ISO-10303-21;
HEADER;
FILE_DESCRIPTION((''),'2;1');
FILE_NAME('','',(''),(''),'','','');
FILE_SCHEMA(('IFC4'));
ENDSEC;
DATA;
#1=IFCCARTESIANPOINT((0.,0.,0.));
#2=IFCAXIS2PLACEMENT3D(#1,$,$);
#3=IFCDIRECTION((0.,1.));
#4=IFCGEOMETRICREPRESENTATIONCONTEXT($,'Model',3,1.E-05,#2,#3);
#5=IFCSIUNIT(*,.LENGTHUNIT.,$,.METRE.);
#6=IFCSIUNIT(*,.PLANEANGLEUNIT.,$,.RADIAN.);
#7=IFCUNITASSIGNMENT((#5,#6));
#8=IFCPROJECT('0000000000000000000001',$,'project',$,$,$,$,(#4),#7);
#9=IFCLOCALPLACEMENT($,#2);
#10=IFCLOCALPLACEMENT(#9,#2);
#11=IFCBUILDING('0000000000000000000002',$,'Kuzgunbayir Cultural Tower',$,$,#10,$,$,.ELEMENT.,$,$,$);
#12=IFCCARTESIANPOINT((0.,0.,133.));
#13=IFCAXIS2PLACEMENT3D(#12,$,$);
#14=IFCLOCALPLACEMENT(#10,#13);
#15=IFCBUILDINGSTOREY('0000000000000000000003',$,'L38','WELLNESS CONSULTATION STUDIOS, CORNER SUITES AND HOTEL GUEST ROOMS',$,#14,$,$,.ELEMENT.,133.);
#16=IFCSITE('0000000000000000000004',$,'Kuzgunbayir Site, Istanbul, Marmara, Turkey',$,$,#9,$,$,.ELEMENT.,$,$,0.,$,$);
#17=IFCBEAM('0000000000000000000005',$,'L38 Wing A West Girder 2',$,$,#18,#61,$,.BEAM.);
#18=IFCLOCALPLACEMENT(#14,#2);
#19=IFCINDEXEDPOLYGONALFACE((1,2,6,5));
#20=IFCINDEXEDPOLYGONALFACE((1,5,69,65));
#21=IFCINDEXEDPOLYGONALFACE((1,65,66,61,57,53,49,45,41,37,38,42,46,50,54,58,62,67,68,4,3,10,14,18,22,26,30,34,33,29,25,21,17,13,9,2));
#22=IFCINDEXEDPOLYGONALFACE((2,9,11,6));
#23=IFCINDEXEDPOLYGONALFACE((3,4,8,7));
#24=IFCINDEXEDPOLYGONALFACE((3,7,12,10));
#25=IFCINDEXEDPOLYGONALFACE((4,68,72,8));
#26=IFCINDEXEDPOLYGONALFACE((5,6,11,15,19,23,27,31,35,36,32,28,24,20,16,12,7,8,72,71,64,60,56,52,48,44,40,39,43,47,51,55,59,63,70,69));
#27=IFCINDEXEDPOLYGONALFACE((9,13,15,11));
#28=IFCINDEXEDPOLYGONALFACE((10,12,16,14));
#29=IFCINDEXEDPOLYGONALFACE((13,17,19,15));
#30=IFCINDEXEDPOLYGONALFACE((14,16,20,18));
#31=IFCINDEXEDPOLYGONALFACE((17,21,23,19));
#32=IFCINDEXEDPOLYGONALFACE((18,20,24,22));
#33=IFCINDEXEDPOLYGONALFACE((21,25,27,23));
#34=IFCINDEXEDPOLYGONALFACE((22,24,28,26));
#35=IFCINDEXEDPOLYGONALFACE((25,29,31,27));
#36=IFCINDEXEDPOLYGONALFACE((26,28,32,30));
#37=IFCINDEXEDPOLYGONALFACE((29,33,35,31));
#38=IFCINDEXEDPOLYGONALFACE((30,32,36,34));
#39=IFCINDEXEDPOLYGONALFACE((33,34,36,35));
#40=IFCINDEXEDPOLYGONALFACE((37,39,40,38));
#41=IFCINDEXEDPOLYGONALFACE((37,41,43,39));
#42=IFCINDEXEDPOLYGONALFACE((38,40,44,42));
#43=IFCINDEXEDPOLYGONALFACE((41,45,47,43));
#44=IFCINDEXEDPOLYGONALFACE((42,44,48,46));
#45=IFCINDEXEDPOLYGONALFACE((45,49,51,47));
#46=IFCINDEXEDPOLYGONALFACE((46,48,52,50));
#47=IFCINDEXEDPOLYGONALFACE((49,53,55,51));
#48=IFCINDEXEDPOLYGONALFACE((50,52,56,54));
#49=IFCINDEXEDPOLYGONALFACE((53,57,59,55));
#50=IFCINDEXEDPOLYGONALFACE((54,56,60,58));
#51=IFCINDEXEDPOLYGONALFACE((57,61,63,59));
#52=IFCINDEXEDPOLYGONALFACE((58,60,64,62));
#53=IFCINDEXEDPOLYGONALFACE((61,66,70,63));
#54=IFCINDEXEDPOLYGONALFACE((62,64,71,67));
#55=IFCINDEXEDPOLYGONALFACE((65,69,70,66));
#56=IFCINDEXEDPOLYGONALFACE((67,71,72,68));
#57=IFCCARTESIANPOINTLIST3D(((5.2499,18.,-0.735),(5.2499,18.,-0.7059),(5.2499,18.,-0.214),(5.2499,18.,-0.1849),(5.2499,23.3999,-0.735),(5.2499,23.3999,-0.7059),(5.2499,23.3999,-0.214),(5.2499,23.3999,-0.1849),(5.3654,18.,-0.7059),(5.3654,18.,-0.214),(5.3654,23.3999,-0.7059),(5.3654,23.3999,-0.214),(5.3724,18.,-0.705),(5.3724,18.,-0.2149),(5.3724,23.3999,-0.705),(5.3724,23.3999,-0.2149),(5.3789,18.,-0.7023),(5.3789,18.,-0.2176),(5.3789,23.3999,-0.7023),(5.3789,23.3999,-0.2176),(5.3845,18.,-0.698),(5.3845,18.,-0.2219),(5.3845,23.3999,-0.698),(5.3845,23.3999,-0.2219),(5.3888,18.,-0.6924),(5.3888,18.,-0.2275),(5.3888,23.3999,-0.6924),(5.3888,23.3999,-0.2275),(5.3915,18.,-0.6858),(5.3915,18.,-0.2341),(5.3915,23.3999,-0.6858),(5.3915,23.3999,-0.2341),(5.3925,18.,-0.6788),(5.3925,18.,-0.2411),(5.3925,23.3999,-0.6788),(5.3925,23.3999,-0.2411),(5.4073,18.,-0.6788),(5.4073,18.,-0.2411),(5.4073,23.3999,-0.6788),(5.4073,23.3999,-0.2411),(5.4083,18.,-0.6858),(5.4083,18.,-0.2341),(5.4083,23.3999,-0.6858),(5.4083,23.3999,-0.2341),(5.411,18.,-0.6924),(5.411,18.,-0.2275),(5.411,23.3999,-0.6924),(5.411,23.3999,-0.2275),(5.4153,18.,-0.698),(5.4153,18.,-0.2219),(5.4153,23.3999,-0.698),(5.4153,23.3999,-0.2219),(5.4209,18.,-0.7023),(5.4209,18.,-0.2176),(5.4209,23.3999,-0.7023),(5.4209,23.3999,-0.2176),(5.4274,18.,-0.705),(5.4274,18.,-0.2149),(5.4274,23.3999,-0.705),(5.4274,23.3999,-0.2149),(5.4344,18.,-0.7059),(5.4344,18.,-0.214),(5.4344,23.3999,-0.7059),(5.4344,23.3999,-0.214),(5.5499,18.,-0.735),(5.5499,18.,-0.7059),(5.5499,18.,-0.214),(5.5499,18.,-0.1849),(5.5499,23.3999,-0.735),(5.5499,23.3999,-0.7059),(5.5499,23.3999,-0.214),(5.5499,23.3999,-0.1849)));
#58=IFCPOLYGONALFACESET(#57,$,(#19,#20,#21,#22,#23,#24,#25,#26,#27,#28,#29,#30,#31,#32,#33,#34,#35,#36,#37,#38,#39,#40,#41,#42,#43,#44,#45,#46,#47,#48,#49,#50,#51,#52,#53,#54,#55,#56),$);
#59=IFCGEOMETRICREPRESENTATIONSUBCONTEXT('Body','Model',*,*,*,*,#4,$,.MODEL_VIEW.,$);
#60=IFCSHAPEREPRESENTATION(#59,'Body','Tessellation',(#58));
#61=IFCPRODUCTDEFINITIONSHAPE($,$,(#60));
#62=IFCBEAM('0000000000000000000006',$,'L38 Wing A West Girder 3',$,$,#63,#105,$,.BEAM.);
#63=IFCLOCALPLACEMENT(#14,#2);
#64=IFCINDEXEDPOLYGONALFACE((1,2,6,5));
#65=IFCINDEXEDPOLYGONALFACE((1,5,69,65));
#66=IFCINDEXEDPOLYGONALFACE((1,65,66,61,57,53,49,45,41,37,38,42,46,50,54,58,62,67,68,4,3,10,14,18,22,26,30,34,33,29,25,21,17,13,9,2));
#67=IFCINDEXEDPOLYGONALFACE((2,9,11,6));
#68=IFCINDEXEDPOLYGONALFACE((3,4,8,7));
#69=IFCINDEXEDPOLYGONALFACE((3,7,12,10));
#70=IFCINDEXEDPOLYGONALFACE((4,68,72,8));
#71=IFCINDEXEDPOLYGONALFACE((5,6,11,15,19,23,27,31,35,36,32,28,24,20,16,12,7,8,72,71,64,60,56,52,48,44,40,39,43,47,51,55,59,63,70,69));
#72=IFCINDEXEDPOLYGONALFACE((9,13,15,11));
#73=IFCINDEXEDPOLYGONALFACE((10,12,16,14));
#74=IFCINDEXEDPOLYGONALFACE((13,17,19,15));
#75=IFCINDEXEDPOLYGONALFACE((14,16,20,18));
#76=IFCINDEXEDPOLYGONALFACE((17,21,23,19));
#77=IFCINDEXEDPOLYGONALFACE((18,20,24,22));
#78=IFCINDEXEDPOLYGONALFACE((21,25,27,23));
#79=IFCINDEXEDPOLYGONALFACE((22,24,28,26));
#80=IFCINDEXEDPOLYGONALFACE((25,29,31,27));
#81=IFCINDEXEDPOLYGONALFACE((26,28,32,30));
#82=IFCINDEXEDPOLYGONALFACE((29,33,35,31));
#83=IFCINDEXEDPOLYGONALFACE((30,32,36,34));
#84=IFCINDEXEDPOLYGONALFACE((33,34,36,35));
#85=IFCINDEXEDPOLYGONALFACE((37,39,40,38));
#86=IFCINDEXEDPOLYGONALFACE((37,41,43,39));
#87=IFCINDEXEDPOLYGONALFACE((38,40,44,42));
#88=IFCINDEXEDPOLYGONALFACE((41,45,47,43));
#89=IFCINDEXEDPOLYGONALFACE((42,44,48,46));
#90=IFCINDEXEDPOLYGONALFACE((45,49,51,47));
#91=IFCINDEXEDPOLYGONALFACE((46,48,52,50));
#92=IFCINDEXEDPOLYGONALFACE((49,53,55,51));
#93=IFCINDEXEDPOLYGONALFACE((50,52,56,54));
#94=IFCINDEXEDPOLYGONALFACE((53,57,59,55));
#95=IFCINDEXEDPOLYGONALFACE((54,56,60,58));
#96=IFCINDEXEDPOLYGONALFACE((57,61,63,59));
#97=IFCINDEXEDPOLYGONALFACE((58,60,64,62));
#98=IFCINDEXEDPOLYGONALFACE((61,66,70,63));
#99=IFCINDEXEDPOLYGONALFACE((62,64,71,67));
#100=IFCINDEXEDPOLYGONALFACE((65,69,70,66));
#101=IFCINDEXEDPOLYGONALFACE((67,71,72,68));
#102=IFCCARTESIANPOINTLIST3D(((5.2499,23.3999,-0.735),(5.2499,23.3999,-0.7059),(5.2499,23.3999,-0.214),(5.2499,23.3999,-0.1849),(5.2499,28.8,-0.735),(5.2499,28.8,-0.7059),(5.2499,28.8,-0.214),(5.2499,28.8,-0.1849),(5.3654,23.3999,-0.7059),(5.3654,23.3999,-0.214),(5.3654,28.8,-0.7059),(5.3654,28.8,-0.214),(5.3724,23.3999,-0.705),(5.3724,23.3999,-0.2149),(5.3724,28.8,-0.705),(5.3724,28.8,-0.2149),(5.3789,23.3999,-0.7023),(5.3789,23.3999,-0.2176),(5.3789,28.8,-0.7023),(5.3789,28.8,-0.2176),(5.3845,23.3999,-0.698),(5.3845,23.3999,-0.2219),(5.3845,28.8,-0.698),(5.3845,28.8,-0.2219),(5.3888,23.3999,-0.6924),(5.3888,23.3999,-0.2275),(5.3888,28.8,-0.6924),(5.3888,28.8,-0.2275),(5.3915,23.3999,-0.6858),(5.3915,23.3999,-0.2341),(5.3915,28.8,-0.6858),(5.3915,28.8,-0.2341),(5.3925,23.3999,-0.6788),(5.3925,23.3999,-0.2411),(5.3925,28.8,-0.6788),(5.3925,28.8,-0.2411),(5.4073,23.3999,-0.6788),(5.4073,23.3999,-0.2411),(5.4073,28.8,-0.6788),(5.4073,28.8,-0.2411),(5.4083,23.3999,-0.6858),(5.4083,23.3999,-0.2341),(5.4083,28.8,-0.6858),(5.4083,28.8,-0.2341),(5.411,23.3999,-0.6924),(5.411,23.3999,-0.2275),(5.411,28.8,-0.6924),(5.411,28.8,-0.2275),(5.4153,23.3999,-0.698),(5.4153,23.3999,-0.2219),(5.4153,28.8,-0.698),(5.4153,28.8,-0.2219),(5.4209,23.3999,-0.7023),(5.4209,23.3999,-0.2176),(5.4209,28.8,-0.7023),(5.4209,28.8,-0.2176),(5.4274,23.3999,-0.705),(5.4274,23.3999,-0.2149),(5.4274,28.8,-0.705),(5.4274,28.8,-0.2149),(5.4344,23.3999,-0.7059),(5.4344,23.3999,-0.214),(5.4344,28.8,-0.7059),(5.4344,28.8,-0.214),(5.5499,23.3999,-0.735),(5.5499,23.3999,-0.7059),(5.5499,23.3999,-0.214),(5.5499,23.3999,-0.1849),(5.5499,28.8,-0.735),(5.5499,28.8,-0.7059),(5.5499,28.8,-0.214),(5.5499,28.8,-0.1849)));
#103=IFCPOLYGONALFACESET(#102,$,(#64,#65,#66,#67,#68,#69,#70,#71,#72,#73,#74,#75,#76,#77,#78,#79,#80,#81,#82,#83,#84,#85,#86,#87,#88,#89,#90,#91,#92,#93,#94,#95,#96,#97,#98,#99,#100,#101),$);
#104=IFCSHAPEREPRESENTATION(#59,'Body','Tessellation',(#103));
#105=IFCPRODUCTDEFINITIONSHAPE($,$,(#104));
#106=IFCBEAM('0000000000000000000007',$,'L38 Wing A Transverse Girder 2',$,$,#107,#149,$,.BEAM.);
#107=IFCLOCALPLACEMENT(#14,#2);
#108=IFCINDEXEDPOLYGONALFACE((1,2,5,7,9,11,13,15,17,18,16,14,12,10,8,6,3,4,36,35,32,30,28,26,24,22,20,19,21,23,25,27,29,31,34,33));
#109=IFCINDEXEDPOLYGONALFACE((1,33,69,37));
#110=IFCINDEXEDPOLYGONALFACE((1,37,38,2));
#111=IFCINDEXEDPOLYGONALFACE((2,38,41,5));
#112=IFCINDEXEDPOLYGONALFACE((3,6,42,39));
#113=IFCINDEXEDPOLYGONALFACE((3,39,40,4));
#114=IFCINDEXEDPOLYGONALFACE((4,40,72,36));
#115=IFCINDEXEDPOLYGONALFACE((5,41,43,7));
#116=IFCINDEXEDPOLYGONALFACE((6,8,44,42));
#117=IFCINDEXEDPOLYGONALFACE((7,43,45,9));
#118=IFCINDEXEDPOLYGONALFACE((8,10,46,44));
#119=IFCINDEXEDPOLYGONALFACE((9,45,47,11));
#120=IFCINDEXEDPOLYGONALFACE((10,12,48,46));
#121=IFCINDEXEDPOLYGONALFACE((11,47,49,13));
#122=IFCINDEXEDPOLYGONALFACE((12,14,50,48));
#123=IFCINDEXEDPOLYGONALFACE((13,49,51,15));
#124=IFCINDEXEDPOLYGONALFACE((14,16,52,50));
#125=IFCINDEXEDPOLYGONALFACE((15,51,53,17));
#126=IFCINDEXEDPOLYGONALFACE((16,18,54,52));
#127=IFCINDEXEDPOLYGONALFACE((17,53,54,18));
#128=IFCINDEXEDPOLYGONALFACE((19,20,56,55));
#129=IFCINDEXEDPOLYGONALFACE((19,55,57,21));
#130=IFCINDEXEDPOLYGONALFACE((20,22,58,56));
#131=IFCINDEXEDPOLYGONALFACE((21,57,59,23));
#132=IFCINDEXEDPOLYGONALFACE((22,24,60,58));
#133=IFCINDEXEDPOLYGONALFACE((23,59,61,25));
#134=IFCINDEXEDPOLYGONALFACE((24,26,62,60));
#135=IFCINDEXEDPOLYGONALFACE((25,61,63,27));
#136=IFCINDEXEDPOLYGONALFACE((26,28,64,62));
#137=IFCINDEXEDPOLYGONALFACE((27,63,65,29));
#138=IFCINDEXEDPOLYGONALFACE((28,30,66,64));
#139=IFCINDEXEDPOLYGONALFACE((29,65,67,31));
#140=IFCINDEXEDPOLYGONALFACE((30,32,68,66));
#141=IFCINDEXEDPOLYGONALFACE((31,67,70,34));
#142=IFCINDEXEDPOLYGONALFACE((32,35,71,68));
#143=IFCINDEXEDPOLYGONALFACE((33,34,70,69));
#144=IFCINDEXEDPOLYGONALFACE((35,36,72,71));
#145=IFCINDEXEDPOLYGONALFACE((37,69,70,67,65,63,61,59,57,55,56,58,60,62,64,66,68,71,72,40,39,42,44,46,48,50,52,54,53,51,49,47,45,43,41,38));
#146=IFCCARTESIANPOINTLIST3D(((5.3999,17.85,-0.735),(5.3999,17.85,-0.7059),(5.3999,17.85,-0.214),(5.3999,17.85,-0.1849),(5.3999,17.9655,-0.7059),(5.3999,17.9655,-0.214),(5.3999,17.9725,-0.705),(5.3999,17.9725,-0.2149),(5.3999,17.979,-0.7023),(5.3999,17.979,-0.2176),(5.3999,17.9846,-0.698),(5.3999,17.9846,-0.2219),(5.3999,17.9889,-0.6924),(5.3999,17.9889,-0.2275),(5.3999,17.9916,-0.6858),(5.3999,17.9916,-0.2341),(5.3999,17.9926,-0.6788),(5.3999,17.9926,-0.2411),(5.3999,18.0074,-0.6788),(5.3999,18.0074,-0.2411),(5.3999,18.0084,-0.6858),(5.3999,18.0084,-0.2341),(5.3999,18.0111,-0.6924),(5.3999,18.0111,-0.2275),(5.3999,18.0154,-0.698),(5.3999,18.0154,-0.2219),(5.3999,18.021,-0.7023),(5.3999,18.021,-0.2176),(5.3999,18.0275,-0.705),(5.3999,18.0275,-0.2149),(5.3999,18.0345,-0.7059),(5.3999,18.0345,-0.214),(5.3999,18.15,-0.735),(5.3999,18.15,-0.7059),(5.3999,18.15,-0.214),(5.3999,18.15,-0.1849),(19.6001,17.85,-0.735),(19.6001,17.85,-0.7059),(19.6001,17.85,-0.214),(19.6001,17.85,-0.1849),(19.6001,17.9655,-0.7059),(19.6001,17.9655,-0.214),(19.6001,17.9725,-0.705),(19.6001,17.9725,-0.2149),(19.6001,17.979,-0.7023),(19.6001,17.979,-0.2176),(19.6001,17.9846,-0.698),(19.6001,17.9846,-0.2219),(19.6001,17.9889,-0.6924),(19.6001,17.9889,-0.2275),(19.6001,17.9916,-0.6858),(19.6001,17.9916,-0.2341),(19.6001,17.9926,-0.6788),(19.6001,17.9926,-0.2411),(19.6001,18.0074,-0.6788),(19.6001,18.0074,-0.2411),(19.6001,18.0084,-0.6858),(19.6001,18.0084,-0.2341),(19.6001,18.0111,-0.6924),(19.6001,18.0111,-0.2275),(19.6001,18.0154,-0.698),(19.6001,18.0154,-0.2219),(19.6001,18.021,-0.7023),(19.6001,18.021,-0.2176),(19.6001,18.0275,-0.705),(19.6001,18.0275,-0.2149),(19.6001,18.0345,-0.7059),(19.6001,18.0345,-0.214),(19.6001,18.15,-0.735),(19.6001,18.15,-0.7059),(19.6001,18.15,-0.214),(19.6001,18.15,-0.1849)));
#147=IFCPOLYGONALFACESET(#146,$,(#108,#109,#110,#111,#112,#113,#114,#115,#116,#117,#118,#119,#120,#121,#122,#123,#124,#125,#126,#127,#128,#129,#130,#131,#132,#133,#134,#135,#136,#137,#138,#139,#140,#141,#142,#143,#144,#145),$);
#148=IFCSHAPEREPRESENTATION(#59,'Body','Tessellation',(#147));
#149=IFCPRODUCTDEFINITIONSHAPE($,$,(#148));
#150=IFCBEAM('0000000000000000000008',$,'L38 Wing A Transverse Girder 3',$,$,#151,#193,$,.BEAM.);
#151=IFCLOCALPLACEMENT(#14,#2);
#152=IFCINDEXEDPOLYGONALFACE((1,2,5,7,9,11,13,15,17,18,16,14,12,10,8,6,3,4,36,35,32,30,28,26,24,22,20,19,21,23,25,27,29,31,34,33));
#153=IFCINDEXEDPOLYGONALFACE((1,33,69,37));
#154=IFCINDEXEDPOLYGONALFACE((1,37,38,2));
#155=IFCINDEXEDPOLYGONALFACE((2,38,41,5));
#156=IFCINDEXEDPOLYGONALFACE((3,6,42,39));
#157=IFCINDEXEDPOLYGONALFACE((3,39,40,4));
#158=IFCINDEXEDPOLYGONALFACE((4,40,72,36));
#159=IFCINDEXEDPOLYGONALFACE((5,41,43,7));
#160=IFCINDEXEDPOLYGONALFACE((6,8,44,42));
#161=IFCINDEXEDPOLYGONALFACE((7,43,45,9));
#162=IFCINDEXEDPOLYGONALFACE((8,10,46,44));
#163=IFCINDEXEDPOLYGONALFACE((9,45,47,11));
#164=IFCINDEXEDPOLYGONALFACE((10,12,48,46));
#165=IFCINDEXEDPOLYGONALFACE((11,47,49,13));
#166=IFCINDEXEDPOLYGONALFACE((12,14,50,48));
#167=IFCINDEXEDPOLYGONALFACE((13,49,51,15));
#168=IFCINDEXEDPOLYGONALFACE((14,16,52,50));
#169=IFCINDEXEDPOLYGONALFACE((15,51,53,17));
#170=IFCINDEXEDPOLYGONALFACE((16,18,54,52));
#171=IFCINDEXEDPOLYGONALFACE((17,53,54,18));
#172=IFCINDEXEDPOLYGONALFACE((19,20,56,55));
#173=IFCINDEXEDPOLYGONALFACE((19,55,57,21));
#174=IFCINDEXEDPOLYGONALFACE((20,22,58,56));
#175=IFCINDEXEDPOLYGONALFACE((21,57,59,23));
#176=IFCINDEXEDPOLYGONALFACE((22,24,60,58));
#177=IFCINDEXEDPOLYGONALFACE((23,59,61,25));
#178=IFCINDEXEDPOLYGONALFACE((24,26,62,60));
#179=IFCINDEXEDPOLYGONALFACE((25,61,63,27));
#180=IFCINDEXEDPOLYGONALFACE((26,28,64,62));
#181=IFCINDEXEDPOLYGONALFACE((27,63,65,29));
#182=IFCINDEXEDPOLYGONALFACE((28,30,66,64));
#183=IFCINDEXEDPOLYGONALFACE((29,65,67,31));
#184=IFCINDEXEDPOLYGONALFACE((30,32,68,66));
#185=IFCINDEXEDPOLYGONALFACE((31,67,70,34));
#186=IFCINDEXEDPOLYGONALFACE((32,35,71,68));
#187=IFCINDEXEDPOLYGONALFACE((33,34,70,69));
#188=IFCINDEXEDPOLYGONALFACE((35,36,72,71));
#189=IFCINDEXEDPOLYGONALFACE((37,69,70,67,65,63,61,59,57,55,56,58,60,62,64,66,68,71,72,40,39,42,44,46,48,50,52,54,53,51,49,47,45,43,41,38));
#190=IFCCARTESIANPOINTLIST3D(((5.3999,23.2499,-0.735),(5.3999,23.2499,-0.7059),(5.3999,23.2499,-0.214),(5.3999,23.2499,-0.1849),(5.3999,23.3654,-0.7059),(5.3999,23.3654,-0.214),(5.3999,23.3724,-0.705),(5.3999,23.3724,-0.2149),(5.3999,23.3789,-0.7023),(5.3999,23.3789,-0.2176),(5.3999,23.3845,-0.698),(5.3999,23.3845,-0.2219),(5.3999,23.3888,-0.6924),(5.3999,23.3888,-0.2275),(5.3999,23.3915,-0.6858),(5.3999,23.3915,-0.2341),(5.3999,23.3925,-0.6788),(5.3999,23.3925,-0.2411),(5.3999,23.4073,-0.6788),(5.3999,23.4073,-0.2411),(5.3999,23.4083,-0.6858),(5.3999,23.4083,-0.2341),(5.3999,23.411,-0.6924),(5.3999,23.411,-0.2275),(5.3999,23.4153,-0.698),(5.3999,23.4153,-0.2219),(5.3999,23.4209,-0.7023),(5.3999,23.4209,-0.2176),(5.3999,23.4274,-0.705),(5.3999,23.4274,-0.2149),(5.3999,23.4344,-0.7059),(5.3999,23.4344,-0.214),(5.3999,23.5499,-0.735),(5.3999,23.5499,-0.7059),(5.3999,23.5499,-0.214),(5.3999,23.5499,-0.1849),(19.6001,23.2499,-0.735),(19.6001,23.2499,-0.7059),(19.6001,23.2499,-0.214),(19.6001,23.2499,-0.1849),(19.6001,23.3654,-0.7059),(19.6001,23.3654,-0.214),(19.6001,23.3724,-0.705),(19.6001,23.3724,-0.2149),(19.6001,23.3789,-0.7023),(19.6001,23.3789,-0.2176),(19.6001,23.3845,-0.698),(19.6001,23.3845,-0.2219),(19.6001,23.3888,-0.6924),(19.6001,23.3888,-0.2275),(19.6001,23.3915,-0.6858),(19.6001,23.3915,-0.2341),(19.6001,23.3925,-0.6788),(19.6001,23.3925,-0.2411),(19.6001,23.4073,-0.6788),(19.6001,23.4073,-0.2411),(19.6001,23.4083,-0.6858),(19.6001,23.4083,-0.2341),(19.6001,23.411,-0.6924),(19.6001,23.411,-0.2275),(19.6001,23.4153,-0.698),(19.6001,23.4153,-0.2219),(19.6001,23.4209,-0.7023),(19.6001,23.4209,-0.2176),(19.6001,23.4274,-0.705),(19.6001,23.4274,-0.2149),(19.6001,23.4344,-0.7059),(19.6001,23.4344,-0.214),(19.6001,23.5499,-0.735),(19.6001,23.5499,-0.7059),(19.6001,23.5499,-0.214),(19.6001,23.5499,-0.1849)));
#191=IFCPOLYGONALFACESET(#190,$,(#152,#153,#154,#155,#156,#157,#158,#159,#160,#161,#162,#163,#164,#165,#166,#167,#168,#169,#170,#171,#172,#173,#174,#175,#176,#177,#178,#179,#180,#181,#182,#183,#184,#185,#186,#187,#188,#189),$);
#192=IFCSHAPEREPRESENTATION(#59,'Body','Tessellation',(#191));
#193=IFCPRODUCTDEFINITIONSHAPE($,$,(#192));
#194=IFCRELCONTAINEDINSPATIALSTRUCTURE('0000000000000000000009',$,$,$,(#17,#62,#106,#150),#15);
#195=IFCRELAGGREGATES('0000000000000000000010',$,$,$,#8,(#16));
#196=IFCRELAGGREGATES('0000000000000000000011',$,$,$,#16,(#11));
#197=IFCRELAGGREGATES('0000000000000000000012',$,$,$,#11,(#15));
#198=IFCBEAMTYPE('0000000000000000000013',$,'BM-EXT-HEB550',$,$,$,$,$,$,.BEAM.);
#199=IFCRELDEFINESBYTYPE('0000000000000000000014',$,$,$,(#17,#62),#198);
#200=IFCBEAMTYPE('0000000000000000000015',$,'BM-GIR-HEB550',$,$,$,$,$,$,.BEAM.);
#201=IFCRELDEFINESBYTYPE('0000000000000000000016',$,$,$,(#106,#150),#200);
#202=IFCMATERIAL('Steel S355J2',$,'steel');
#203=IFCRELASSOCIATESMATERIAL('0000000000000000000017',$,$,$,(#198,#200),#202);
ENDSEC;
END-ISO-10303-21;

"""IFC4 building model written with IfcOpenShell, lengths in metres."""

from ifc_helpers import new_model, si_unit, direction, frame, origin, origin_2d, place, context, subcontext, project, spatial, i_section, extrude, material, material_profile, profile_set, type_object, element, save


model = new_model("IFC4")

# Units and contexts
model_context = context("Model", 3, precision=1e-05, world=origin(), true_north=direction((0.0, 1.0)))
body_context = subcontext(model_context, "Body", "Model", "MODEL_VIEW")
ifc_project = project(units=[si_unit("LENGTHUNIT", "METRE"), si_unit("PLANEANGLEUNIT", "RADIAN")], contexts=[model_context])

# Site, building, storey
site_placement = place(None, origin())
site = spatial("IfcSite", under=ifc_project, at=site_placement, Name="Kuzgunbayir Site, Istanbul, Marmara, Turkey", CompositionType="ELEMENT", RefElevation=0.0)
building_placement = place(site_placement, origin())
building = spatial("IfcBuilding", under=site, at=building_placement, Name="Kuzgunbayir Cultural Tower", CompositionType="ELEMENT")
storey_placement = place(building_placement, frame((0.0, 0.0, 133.0)))
storey = spatial("IfcBuildingStorey", under=building, at=storey_placement, Name="L38", Description="WELLNESS CONSULTATION STUDIOS, CORNER SUITES AND HOTEL GUEST ROOMS", CompositionType="ELEMENT", Elevation=133.0)

# Beams
ifc_material_1 = material(Name="Steel S355J2", Category="steel")
ifc_material_profile_1 = material_profile(ifc_material_1, i_section(OverallWidth=0.3, OverallDepth=0.55, WebThickness=0.0149, FlangeThickness=0.0291, FilletRadius=0.0271, at=origin_2d()), Name="HEB 550")
ifc_profile_set_1 = profile_set([ifc_material_profile_1], Name="Steel S355J2")
beam_type_1 = type_object("IfcBeamType", Name="BM-EXT-HEB550", PredefinedType="BEAM", material=ifc_profile_set_1)
beam_1_placement = place(storey_placement, frame((5.3999, 18.0, -0.46), z_axis=(0.0, 1.0, 0.0), x_axis=(-1.0, 0.0, 0.0)))
element("IfcBeam", 1, at=beam_1_placement, inside=storey, type_object=beam_type_1, Name="L38 Wing A West Girder 2", PredefinedType="BEAM", context=body_context, shape_type="SweptSolid", body=[
    extrude(i_section(OverallWidth=0.3, OverallDepth=0.55, WebThickness=0.0149, FlangeThickness=0.0291, FilletRadius=0.0271, at=origin_2d()), origin(), (0.0, 0.0, 1.0), 5.3999),
])
beam_2_placement = place(storey_placement, frame((5.3999, 23.3999, -0.46), z_axis=(0.0, 1.0, 0.0), x_axis=(-1.0, 0.0, 0.0)))
element("IfcBeam", 2, at=beam_2_placement, inside=storey, type_object=beam_type_1, Name="L38 Wing A West Girder 3", PredefinedType="BEAM", context=body_context, shape_type="SweptSolid", body=[
    extrude(i_section(OverallWidth=0.3, OverallDepth=0.55, WebThickness=0.0149, FlangeThickness=0.0291, FilletRadius=0.0271, at=origin_2d()), origin(), (0.0, 0.0, 1.0), 5.4001),
])
ifc_material_profile_2 = material_profile(ifc_material_1, i_section(OverallWidth=0.3, OverallDepth=0.55, WebThickness=0.0149, FlangeThickness=0.0291, FilletRadius=0.0271, at=origin_2d()), Name="HEB 550")
ifc_profile_set_2 = profile_set([ifc_material_profile_2], Name="Steel S355J2")
beam_type_2 = type_object("IfcBeamType", Name="BM-GIR-HEB550", PredefinedType="BEAM", material=ifc_profile_set_2)
for number, where, z_axis, x_axis, name in (
    (3, (5.3999, 18.0, -0.46), (1.0, 0.0, 0.0), (0.0, 1.0, 0.0), "L38 Wing A Transverse Girder 2"),
    (4, (5.3999, 23.3999, -0.46), (1.0, 0.0, 0.0), (0.0, 1.0, 0.0), "L38 Wing A Transverse Girder 3"),
):
    element("IfcBeam", number, at=place(storey_placement, frame(where, z_axis=z_axis, x_axis=x_axis)), inside=storey, type_object=beam_type_2, Name=name, PredefinedType="BEAM", context=body_context, shape_type="SweptSolid", body=[
        extrude(i_section(OverallWidth=0.3, OverallDepth=0.55, WebThickness=0.0149, FlangeThickness=0.0291, FilletRadius=0.0271, at=origin_2d()), origin(), (0.0, 0.0, 1.0), 14.2002),
    ])

save(model, "model.ifc")
